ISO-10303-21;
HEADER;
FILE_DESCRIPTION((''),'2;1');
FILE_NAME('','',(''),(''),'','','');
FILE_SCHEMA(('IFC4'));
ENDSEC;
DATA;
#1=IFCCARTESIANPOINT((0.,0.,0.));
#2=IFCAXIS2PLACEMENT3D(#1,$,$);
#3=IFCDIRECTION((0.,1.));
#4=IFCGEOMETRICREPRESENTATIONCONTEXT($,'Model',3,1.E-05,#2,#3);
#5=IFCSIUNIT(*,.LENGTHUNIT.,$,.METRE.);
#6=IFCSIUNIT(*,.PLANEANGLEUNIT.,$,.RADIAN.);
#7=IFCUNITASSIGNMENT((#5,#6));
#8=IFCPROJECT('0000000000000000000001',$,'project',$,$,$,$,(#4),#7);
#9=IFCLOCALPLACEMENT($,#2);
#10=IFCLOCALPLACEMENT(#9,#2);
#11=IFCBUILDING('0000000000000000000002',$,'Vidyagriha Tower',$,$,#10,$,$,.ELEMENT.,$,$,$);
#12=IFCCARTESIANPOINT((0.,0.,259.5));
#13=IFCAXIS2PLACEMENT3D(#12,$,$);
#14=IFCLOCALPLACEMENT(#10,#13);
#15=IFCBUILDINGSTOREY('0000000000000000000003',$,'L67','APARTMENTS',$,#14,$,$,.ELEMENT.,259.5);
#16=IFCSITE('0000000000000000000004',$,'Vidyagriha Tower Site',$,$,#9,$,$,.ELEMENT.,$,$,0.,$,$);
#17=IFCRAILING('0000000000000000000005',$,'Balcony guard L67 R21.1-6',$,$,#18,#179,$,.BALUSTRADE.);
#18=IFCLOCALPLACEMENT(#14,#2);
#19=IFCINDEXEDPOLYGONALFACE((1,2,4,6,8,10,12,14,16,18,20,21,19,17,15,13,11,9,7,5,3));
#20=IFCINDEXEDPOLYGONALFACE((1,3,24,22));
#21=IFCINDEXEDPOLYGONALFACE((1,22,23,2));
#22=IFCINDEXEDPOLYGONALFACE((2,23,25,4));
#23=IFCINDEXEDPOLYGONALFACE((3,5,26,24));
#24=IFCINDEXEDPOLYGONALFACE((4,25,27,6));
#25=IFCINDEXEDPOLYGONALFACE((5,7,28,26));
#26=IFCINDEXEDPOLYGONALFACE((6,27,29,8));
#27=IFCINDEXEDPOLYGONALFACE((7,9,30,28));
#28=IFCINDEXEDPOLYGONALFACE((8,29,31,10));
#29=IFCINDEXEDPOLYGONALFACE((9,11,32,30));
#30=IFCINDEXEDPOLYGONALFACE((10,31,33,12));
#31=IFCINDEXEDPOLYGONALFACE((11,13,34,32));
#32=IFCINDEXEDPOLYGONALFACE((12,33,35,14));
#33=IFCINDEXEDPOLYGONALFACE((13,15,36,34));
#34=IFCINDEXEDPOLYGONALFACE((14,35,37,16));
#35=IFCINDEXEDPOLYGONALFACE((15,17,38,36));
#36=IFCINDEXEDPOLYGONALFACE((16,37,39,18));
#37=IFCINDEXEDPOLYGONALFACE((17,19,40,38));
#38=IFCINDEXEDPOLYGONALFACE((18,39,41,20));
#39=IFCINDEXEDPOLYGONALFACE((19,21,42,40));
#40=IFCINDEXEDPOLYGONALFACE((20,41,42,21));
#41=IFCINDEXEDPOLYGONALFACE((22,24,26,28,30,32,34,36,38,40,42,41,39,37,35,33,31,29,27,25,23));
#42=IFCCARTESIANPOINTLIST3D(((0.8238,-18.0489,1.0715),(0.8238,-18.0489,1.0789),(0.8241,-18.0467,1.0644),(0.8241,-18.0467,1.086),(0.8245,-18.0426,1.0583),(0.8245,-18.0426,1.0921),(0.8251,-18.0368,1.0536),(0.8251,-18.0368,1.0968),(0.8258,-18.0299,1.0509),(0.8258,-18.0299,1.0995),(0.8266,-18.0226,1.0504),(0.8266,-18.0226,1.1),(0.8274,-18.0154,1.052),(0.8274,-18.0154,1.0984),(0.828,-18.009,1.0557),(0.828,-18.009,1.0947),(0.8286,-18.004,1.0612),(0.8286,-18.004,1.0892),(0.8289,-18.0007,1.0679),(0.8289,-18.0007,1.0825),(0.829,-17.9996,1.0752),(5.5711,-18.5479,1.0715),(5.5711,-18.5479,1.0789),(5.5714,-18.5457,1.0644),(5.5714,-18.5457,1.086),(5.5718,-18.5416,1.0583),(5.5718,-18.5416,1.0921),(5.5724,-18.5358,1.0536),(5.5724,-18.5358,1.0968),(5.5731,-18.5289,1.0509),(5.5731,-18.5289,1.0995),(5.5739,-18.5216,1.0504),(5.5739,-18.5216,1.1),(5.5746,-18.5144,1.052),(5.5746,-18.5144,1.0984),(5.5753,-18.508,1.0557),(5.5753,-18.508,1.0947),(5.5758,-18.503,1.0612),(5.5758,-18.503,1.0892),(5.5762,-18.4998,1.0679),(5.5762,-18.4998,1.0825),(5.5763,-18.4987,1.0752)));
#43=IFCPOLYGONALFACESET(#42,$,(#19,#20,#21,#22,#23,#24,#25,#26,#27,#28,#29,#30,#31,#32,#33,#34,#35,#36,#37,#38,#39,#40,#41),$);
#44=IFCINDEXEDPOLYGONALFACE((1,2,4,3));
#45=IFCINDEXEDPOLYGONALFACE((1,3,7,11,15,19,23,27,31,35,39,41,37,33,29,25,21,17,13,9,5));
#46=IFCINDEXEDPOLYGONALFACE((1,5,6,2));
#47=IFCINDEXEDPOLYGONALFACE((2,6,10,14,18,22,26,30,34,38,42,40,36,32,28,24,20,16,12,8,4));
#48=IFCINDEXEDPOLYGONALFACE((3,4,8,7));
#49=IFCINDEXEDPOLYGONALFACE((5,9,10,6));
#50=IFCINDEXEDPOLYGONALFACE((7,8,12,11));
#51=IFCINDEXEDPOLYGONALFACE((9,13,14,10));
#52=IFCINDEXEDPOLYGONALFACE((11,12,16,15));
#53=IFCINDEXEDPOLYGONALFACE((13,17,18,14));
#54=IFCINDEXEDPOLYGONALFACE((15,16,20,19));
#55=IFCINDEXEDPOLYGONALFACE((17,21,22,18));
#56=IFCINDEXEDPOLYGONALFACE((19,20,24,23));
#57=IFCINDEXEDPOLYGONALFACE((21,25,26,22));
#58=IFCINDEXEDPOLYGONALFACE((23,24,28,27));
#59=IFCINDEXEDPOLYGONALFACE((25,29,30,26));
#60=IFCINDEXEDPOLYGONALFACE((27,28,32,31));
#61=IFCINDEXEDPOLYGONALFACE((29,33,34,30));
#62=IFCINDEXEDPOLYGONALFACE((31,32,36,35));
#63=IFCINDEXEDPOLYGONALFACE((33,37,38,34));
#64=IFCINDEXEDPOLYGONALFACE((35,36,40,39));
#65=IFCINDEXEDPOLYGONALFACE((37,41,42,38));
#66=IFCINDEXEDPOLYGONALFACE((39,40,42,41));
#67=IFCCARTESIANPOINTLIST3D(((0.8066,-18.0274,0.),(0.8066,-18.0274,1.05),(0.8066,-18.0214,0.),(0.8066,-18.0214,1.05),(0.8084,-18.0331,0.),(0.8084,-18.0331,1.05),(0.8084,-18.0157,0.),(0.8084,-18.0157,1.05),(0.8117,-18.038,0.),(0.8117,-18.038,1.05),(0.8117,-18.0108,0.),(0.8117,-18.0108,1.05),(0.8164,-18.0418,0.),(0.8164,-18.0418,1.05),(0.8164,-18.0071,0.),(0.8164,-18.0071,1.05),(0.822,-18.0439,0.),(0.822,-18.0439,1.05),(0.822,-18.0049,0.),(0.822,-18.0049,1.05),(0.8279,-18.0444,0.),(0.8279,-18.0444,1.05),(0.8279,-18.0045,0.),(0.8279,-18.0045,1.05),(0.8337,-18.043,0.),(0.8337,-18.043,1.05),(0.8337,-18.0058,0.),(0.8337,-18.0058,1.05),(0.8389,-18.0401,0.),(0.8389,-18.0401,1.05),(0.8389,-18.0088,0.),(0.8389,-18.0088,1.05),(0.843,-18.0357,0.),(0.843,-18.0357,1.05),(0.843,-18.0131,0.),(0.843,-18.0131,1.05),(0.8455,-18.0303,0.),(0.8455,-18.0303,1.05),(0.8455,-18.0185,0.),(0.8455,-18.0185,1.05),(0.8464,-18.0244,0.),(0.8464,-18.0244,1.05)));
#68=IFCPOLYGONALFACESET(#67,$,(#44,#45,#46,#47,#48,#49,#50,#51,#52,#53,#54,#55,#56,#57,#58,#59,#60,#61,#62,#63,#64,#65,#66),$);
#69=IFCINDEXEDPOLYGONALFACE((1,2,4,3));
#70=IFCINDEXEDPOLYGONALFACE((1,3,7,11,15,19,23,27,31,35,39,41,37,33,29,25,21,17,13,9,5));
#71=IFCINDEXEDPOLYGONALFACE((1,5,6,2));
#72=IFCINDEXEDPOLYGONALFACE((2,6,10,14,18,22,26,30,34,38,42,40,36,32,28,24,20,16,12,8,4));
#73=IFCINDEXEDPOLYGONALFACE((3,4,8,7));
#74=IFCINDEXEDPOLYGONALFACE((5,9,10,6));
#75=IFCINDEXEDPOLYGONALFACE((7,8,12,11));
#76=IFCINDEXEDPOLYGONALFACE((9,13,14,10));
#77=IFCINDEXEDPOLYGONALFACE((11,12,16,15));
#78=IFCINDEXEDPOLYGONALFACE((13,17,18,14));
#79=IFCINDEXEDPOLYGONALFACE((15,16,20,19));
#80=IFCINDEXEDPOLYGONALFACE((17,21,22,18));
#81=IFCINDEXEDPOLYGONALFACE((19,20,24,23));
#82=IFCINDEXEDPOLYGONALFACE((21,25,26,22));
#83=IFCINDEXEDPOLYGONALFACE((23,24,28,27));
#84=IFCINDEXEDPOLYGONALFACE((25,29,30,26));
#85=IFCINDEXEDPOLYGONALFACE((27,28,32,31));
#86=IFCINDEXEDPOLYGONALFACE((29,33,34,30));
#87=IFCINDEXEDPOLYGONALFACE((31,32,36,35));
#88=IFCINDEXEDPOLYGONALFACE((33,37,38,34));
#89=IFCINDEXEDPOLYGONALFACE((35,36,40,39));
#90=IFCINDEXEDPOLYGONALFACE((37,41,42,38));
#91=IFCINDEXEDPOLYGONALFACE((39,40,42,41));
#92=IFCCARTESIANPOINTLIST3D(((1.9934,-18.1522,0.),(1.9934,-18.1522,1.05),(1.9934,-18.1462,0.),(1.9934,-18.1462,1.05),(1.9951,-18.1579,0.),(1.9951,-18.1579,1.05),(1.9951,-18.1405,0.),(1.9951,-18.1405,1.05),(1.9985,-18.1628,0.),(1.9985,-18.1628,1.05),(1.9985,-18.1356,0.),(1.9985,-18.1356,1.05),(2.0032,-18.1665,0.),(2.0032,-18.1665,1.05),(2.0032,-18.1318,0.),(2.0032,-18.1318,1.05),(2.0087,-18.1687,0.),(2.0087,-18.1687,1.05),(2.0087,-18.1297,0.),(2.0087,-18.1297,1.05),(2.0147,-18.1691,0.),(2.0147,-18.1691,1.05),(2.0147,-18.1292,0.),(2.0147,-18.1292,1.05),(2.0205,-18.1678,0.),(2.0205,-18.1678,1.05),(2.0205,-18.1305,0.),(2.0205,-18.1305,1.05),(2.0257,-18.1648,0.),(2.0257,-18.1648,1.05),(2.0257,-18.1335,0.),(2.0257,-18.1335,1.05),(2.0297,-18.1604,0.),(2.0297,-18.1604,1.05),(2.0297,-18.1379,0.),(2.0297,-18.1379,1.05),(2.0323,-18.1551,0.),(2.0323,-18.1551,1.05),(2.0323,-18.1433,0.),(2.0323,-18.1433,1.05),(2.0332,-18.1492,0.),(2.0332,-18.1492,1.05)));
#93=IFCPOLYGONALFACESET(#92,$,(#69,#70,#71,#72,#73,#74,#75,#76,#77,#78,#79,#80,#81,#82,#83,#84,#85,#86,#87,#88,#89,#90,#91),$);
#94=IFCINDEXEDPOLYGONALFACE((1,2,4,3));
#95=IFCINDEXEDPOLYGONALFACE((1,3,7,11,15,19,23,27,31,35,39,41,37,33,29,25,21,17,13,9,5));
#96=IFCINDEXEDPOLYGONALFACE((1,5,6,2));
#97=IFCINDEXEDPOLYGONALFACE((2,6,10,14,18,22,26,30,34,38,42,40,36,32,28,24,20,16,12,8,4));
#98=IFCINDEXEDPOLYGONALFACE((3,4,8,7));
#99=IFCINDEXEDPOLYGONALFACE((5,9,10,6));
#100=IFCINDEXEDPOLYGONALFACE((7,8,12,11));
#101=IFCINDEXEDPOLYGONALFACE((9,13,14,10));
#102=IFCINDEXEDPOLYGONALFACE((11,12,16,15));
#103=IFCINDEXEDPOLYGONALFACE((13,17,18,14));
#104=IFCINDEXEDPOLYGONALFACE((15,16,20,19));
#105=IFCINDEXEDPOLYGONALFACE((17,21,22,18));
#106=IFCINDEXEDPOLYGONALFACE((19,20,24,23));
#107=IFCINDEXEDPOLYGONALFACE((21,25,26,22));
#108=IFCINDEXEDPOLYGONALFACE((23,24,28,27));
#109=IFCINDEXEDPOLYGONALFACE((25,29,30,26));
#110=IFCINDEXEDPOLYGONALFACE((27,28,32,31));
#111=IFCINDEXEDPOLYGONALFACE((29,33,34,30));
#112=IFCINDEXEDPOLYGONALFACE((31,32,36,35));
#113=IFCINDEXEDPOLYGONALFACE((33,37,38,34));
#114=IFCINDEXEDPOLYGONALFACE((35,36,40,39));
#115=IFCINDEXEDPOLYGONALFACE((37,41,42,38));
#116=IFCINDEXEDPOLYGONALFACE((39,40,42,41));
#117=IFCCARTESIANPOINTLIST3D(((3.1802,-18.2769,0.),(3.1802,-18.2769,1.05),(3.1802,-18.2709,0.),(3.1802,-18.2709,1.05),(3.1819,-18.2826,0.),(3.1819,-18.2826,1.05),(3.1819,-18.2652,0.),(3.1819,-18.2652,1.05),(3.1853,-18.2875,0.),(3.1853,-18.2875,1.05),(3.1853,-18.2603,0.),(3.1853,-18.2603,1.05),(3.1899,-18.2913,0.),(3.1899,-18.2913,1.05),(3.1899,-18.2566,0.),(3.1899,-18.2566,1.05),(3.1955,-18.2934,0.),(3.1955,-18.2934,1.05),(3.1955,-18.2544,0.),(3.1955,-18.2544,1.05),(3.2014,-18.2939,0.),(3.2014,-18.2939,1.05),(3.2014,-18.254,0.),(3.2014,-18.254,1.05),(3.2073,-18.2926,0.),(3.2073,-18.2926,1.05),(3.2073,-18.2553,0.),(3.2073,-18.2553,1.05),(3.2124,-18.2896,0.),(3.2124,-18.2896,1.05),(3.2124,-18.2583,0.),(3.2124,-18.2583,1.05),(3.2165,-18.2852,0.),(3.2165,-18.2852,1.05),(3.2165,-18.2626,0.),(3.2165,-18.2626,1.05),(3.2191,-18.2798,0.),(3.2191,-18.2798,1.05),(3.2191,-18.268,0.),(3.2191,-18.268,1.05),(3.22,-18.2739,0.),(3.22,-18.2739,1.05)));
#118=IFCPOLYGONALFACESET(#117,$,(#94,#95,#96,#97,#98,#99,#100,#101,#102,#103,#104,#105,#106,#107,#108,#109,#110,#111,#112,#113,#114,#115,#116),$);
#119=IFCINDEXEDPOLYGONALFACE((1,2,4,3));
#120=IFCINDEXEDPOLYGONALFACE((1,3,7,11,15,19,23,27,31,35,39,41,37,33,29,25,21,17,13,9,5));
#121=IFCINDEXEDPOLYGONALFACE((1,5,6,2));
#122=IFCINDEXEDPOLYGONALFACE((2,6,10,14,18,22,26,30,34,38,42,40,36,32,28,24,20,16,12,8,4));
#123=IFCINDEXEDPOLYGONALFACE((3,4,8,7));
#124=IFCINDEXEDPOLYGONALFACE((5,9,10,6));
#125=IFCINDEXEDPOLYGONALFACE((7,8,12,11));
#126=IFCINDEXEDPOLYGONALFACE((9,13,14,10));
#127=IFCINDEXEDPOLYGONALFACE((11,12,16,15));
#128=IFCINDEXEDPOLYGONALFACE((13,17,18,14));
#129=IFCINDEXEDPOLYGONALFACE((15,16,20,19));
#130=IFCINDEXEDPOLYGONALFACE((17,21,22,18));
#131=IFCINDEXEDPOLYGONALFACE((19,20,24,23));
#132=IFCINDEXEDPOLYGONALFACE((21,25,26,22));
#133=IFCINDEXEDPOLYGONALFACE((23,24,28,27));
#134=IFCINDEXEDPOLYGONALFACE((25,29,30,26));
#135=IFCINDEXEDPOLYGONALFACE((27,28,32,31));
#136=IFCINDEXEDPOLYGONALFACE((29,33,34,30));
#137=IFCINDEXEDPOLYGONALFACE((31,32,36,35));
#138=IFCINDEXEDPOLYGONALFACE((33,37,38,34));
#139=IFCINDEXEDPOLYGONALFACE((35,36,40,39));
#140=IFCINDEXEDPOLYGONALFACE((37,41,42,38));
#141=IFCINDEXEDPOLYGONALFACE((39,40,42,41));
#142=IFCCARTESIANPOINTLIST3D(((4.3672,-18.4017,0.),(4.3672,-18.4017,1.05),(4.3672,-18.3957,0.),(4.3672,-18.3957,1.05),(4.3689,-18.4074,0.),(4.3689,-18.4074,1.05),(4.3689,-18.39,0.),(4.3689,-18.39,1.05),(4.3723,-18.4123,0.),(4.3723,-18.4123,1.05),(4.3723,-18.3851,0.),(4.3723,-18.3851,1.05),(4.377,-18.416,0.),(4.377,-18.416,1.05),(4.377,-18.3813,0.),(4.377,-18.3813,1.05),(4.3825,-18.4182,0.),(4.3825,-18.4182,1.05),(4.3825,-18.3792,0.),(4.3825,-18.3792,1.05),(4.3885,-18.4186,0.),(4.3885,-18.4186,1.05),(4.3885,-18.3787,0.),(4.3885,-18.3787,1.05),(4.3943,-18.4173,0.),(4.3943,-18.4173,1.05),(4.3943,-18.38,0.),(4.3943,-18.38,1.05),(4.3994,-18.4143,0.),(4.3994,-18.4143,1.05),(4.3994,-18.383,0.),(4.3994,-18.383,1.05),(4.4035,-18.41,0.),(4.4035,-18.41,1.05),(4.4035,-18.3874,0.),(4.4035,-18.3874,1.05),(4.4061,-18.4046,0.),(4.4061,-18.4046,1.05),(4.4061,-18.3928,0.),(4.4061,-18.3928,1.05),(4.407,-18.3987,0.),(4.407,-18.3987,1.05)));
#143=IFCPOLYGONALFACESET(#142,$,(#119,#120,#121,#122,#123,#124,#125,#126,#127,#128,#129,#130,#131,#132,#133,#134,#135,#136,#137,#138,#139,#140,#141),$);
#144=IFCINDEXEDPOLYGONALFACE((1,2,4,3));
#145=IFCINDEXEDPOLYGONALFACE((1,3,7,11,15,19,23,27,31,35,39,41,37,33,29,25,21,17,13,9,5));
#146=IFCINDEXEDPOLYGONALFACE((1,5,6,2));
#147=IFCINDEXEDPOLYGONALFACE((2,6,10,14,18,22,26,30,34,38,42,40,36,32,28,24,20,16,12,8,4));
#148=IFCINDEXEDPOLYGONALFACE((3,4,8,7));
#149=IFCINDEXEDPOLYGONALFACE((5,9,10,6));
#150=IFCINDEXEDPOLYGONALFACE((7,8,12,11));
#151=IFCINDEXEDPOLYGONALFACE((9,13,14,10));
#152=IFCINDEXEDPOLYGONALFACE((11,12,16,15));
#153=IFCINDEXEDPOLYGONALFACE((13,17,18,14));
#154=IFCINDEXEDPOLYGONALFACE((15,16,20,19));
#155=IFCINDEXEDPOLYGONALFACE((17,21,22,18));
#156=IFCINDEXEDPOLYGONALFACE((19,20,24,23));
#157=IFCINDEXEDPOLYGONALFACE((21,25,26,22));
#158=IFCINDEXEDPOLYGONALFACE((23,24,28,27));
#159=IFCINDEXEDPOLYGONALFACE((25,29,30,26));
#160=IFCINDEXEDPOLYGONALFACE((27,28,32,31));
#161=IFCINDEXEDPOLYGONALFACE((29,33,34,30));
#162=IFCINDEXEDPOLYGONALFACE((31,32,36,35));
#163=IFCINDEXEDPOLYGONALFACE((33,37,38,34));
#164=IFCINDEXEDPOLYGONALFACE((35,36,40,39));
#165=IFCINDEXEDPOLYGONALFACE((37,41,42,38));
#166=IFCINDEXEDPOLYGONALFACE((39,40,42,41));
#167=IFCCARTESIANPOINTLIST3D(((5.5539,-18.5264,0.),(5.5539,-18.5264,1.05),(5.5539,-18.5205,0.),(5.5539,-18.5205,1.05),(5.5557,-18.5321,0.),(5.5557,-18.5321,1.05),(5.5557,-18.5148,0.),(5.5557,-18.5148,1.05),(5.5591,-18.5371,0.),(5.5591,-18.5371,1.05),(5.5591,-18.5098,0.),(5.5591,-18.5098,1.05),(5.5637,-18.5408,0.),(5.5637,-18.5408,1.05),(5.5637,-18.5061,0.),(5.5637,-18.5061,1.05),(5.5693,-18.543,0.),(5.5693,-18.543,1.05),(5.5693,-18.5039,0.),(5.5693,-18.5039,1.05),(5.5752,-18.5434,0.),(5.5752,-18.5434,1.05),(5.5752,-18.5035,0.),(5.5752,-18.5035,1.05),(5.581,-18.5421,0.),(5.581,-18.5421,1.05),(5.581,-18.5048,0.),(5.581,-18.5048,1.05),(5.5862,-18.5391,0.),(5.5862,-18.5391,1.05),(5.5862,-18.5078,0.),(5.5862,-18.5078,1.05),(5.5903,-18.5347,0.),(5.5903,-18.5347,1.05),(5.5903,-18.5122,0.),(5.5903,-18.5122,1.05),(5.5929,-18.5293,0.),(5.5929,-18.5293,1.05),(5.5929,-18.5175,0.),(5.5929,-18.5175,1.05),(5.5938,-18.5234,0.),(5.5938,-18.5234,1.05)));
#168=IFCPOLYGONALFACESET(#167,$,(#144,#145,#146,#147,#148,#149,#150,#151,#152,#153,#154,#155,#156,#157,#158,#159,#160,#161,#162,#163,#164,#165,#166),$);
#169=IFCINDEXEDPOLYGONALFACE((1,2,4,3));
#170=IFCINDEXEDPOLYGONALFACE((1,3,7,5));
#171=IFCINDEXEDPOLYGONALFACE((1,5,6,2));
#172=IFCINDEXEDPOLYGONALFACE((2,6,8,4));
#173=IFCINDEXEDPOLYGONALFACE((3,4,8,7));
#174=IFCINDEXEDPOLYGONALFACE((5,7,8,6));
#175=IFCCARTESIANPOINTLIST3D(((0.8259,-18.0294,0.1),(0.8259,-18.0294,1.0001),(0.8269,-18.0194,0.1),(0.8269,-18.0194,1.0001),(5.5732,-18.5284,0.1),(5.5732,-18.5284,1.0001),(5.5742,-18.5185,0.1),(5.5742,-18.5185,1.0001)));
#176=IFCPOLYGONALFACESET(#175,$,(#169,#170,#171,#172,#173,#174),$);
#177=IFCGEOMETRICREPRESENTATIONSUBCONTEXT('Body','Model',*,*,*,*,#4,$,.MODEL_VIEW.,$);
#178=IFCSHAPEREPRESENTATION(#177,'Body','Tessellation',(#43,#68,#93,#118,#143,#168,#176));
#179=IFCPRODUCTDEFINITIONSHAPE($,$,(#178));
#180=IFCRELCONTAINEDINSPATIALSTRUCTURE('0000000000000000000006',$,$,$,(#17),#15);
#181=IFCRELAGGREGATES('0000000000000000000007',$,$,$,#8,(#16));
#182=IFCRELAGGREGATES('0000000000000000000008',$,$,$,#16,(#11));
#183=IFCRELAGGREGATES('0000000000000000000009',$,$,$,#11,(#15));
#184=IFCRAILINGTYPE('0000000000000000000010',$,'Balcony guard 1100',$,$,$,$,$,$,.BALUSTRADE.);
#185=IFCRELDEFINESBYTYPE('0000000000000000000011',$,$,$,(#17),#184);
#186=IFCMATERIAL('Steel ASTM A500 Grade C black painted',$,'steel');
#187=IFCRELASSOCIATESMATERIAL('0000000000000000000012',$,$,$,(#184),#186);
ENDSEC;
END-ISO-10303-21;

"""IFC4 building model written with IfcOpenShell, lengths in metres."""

from ifc_helpers import new_model, si_unit, direction, frame, origin, origin_2d, place, context, subcontext, project, spatial, rectangle, circle, extrude, material, type_object, element, save


model = new_model("IFC4")

# Units and contexts
model_context = context("Model", 3, precision=1e-05, world=origin(), true_north=direction((0.0, 1.0)))
body_context = subcontext(model_context, "Body", "Model", "MODEL_VIEW")
ifc_project = project(units=[si_unit("LENGTHUNIT", "METRE"), si_unit("PLANEANGLEUNIT", "RADIAN")], contexts=[model_context])

# Site, building, storey
site_placement = place(None, origin())
site = spatial("IfcSite", under=ifc_project, at=site_placement, Name="Vidyagriha Tower Site", CompositionType="ELEMENT", RefElevation=0.0)
building_placement = place(site_placement, origin())
building = spatial("IfcBuilding", under=site, at=building_placement, Name="Vidyagriha Tower", CompositionType="ELEMENT")
storey_placement = place(building_placement, frame((0.0, 0.0, 259.5)))
storey = spatial("IfcBuildingStorey", under=building, at=storey_placement, Name="L67", Description="APARTMENTS", CompositionType="ELEMENT", Elevation=259.5)

# Railing
ifc_material_1 = material(Name="Steel ASTM A500 Grade C black painted", Category="steel")
railing_type = type_object("IfcRailingType", Name="Balcony guard 1100", PredefinedType="BALUSTRADE", material=ifc_material_1)
railing_1_placement = place(storey_placement, frame((0.8264, -18.0244, 0.0)))
element("IfcRailing", 1, at=railing_1_placement, inside=storey, type_object=railing_type, Name="Balcony guard L67 R21.1-6", PredefinedType="BALUSTRADE", context=body_context, shape_type="SweptSolid", body=[
    extrude(circle(Radius=0.0249, at=origin_2d()), frame((0.0, 0.0, 1.0752), z_axis=(0.994521, -0.104541, 0.0), x_axis=(0.104541, 0.994521, 0.0)), (0.0, 0.0, 1.0), 4.7734),
    extrude(circle(Radius=0.02, at=origin_2d()), origin(), (0.0, 0.0, 1.0), 1.05),
    extrude(circle(Radius=0.02, at=origin_2d()), frame((1.1868, -0.1248, 0.0)), (0.0, 0.0, 1.0), 1.05),
    extrude(circle(Radius=0.02, at=origin_2d()), frame((2.3735, -0.2495, 0.0)), (0.0, 0.0, 1.0), 1.05),
    extrude(circle(Radius=0.02, at=origin_2d()), frame((3.5605, -0.3743, 0.0)), (0.0, 0.0, 1.0), 1.05),
    extrude(circle(Radius=0.02, at=origin_2d()), frame((4.7473, -0.499, 0.0)), (0.0, 0.0, 1.0), 1.05),
    extrude(rectangle(XDim=0.01, YDim=0.9001, at=origin_2d()), frame((0.0, 0.0, 0.55), z_axis=(0.994521, -0.104541, 0.0), x_axis=(0.104541, 0.994521, 0.0)), (0.0, 0.0, 1.0), 4.7734),
])

save(model, "model.ifc")
